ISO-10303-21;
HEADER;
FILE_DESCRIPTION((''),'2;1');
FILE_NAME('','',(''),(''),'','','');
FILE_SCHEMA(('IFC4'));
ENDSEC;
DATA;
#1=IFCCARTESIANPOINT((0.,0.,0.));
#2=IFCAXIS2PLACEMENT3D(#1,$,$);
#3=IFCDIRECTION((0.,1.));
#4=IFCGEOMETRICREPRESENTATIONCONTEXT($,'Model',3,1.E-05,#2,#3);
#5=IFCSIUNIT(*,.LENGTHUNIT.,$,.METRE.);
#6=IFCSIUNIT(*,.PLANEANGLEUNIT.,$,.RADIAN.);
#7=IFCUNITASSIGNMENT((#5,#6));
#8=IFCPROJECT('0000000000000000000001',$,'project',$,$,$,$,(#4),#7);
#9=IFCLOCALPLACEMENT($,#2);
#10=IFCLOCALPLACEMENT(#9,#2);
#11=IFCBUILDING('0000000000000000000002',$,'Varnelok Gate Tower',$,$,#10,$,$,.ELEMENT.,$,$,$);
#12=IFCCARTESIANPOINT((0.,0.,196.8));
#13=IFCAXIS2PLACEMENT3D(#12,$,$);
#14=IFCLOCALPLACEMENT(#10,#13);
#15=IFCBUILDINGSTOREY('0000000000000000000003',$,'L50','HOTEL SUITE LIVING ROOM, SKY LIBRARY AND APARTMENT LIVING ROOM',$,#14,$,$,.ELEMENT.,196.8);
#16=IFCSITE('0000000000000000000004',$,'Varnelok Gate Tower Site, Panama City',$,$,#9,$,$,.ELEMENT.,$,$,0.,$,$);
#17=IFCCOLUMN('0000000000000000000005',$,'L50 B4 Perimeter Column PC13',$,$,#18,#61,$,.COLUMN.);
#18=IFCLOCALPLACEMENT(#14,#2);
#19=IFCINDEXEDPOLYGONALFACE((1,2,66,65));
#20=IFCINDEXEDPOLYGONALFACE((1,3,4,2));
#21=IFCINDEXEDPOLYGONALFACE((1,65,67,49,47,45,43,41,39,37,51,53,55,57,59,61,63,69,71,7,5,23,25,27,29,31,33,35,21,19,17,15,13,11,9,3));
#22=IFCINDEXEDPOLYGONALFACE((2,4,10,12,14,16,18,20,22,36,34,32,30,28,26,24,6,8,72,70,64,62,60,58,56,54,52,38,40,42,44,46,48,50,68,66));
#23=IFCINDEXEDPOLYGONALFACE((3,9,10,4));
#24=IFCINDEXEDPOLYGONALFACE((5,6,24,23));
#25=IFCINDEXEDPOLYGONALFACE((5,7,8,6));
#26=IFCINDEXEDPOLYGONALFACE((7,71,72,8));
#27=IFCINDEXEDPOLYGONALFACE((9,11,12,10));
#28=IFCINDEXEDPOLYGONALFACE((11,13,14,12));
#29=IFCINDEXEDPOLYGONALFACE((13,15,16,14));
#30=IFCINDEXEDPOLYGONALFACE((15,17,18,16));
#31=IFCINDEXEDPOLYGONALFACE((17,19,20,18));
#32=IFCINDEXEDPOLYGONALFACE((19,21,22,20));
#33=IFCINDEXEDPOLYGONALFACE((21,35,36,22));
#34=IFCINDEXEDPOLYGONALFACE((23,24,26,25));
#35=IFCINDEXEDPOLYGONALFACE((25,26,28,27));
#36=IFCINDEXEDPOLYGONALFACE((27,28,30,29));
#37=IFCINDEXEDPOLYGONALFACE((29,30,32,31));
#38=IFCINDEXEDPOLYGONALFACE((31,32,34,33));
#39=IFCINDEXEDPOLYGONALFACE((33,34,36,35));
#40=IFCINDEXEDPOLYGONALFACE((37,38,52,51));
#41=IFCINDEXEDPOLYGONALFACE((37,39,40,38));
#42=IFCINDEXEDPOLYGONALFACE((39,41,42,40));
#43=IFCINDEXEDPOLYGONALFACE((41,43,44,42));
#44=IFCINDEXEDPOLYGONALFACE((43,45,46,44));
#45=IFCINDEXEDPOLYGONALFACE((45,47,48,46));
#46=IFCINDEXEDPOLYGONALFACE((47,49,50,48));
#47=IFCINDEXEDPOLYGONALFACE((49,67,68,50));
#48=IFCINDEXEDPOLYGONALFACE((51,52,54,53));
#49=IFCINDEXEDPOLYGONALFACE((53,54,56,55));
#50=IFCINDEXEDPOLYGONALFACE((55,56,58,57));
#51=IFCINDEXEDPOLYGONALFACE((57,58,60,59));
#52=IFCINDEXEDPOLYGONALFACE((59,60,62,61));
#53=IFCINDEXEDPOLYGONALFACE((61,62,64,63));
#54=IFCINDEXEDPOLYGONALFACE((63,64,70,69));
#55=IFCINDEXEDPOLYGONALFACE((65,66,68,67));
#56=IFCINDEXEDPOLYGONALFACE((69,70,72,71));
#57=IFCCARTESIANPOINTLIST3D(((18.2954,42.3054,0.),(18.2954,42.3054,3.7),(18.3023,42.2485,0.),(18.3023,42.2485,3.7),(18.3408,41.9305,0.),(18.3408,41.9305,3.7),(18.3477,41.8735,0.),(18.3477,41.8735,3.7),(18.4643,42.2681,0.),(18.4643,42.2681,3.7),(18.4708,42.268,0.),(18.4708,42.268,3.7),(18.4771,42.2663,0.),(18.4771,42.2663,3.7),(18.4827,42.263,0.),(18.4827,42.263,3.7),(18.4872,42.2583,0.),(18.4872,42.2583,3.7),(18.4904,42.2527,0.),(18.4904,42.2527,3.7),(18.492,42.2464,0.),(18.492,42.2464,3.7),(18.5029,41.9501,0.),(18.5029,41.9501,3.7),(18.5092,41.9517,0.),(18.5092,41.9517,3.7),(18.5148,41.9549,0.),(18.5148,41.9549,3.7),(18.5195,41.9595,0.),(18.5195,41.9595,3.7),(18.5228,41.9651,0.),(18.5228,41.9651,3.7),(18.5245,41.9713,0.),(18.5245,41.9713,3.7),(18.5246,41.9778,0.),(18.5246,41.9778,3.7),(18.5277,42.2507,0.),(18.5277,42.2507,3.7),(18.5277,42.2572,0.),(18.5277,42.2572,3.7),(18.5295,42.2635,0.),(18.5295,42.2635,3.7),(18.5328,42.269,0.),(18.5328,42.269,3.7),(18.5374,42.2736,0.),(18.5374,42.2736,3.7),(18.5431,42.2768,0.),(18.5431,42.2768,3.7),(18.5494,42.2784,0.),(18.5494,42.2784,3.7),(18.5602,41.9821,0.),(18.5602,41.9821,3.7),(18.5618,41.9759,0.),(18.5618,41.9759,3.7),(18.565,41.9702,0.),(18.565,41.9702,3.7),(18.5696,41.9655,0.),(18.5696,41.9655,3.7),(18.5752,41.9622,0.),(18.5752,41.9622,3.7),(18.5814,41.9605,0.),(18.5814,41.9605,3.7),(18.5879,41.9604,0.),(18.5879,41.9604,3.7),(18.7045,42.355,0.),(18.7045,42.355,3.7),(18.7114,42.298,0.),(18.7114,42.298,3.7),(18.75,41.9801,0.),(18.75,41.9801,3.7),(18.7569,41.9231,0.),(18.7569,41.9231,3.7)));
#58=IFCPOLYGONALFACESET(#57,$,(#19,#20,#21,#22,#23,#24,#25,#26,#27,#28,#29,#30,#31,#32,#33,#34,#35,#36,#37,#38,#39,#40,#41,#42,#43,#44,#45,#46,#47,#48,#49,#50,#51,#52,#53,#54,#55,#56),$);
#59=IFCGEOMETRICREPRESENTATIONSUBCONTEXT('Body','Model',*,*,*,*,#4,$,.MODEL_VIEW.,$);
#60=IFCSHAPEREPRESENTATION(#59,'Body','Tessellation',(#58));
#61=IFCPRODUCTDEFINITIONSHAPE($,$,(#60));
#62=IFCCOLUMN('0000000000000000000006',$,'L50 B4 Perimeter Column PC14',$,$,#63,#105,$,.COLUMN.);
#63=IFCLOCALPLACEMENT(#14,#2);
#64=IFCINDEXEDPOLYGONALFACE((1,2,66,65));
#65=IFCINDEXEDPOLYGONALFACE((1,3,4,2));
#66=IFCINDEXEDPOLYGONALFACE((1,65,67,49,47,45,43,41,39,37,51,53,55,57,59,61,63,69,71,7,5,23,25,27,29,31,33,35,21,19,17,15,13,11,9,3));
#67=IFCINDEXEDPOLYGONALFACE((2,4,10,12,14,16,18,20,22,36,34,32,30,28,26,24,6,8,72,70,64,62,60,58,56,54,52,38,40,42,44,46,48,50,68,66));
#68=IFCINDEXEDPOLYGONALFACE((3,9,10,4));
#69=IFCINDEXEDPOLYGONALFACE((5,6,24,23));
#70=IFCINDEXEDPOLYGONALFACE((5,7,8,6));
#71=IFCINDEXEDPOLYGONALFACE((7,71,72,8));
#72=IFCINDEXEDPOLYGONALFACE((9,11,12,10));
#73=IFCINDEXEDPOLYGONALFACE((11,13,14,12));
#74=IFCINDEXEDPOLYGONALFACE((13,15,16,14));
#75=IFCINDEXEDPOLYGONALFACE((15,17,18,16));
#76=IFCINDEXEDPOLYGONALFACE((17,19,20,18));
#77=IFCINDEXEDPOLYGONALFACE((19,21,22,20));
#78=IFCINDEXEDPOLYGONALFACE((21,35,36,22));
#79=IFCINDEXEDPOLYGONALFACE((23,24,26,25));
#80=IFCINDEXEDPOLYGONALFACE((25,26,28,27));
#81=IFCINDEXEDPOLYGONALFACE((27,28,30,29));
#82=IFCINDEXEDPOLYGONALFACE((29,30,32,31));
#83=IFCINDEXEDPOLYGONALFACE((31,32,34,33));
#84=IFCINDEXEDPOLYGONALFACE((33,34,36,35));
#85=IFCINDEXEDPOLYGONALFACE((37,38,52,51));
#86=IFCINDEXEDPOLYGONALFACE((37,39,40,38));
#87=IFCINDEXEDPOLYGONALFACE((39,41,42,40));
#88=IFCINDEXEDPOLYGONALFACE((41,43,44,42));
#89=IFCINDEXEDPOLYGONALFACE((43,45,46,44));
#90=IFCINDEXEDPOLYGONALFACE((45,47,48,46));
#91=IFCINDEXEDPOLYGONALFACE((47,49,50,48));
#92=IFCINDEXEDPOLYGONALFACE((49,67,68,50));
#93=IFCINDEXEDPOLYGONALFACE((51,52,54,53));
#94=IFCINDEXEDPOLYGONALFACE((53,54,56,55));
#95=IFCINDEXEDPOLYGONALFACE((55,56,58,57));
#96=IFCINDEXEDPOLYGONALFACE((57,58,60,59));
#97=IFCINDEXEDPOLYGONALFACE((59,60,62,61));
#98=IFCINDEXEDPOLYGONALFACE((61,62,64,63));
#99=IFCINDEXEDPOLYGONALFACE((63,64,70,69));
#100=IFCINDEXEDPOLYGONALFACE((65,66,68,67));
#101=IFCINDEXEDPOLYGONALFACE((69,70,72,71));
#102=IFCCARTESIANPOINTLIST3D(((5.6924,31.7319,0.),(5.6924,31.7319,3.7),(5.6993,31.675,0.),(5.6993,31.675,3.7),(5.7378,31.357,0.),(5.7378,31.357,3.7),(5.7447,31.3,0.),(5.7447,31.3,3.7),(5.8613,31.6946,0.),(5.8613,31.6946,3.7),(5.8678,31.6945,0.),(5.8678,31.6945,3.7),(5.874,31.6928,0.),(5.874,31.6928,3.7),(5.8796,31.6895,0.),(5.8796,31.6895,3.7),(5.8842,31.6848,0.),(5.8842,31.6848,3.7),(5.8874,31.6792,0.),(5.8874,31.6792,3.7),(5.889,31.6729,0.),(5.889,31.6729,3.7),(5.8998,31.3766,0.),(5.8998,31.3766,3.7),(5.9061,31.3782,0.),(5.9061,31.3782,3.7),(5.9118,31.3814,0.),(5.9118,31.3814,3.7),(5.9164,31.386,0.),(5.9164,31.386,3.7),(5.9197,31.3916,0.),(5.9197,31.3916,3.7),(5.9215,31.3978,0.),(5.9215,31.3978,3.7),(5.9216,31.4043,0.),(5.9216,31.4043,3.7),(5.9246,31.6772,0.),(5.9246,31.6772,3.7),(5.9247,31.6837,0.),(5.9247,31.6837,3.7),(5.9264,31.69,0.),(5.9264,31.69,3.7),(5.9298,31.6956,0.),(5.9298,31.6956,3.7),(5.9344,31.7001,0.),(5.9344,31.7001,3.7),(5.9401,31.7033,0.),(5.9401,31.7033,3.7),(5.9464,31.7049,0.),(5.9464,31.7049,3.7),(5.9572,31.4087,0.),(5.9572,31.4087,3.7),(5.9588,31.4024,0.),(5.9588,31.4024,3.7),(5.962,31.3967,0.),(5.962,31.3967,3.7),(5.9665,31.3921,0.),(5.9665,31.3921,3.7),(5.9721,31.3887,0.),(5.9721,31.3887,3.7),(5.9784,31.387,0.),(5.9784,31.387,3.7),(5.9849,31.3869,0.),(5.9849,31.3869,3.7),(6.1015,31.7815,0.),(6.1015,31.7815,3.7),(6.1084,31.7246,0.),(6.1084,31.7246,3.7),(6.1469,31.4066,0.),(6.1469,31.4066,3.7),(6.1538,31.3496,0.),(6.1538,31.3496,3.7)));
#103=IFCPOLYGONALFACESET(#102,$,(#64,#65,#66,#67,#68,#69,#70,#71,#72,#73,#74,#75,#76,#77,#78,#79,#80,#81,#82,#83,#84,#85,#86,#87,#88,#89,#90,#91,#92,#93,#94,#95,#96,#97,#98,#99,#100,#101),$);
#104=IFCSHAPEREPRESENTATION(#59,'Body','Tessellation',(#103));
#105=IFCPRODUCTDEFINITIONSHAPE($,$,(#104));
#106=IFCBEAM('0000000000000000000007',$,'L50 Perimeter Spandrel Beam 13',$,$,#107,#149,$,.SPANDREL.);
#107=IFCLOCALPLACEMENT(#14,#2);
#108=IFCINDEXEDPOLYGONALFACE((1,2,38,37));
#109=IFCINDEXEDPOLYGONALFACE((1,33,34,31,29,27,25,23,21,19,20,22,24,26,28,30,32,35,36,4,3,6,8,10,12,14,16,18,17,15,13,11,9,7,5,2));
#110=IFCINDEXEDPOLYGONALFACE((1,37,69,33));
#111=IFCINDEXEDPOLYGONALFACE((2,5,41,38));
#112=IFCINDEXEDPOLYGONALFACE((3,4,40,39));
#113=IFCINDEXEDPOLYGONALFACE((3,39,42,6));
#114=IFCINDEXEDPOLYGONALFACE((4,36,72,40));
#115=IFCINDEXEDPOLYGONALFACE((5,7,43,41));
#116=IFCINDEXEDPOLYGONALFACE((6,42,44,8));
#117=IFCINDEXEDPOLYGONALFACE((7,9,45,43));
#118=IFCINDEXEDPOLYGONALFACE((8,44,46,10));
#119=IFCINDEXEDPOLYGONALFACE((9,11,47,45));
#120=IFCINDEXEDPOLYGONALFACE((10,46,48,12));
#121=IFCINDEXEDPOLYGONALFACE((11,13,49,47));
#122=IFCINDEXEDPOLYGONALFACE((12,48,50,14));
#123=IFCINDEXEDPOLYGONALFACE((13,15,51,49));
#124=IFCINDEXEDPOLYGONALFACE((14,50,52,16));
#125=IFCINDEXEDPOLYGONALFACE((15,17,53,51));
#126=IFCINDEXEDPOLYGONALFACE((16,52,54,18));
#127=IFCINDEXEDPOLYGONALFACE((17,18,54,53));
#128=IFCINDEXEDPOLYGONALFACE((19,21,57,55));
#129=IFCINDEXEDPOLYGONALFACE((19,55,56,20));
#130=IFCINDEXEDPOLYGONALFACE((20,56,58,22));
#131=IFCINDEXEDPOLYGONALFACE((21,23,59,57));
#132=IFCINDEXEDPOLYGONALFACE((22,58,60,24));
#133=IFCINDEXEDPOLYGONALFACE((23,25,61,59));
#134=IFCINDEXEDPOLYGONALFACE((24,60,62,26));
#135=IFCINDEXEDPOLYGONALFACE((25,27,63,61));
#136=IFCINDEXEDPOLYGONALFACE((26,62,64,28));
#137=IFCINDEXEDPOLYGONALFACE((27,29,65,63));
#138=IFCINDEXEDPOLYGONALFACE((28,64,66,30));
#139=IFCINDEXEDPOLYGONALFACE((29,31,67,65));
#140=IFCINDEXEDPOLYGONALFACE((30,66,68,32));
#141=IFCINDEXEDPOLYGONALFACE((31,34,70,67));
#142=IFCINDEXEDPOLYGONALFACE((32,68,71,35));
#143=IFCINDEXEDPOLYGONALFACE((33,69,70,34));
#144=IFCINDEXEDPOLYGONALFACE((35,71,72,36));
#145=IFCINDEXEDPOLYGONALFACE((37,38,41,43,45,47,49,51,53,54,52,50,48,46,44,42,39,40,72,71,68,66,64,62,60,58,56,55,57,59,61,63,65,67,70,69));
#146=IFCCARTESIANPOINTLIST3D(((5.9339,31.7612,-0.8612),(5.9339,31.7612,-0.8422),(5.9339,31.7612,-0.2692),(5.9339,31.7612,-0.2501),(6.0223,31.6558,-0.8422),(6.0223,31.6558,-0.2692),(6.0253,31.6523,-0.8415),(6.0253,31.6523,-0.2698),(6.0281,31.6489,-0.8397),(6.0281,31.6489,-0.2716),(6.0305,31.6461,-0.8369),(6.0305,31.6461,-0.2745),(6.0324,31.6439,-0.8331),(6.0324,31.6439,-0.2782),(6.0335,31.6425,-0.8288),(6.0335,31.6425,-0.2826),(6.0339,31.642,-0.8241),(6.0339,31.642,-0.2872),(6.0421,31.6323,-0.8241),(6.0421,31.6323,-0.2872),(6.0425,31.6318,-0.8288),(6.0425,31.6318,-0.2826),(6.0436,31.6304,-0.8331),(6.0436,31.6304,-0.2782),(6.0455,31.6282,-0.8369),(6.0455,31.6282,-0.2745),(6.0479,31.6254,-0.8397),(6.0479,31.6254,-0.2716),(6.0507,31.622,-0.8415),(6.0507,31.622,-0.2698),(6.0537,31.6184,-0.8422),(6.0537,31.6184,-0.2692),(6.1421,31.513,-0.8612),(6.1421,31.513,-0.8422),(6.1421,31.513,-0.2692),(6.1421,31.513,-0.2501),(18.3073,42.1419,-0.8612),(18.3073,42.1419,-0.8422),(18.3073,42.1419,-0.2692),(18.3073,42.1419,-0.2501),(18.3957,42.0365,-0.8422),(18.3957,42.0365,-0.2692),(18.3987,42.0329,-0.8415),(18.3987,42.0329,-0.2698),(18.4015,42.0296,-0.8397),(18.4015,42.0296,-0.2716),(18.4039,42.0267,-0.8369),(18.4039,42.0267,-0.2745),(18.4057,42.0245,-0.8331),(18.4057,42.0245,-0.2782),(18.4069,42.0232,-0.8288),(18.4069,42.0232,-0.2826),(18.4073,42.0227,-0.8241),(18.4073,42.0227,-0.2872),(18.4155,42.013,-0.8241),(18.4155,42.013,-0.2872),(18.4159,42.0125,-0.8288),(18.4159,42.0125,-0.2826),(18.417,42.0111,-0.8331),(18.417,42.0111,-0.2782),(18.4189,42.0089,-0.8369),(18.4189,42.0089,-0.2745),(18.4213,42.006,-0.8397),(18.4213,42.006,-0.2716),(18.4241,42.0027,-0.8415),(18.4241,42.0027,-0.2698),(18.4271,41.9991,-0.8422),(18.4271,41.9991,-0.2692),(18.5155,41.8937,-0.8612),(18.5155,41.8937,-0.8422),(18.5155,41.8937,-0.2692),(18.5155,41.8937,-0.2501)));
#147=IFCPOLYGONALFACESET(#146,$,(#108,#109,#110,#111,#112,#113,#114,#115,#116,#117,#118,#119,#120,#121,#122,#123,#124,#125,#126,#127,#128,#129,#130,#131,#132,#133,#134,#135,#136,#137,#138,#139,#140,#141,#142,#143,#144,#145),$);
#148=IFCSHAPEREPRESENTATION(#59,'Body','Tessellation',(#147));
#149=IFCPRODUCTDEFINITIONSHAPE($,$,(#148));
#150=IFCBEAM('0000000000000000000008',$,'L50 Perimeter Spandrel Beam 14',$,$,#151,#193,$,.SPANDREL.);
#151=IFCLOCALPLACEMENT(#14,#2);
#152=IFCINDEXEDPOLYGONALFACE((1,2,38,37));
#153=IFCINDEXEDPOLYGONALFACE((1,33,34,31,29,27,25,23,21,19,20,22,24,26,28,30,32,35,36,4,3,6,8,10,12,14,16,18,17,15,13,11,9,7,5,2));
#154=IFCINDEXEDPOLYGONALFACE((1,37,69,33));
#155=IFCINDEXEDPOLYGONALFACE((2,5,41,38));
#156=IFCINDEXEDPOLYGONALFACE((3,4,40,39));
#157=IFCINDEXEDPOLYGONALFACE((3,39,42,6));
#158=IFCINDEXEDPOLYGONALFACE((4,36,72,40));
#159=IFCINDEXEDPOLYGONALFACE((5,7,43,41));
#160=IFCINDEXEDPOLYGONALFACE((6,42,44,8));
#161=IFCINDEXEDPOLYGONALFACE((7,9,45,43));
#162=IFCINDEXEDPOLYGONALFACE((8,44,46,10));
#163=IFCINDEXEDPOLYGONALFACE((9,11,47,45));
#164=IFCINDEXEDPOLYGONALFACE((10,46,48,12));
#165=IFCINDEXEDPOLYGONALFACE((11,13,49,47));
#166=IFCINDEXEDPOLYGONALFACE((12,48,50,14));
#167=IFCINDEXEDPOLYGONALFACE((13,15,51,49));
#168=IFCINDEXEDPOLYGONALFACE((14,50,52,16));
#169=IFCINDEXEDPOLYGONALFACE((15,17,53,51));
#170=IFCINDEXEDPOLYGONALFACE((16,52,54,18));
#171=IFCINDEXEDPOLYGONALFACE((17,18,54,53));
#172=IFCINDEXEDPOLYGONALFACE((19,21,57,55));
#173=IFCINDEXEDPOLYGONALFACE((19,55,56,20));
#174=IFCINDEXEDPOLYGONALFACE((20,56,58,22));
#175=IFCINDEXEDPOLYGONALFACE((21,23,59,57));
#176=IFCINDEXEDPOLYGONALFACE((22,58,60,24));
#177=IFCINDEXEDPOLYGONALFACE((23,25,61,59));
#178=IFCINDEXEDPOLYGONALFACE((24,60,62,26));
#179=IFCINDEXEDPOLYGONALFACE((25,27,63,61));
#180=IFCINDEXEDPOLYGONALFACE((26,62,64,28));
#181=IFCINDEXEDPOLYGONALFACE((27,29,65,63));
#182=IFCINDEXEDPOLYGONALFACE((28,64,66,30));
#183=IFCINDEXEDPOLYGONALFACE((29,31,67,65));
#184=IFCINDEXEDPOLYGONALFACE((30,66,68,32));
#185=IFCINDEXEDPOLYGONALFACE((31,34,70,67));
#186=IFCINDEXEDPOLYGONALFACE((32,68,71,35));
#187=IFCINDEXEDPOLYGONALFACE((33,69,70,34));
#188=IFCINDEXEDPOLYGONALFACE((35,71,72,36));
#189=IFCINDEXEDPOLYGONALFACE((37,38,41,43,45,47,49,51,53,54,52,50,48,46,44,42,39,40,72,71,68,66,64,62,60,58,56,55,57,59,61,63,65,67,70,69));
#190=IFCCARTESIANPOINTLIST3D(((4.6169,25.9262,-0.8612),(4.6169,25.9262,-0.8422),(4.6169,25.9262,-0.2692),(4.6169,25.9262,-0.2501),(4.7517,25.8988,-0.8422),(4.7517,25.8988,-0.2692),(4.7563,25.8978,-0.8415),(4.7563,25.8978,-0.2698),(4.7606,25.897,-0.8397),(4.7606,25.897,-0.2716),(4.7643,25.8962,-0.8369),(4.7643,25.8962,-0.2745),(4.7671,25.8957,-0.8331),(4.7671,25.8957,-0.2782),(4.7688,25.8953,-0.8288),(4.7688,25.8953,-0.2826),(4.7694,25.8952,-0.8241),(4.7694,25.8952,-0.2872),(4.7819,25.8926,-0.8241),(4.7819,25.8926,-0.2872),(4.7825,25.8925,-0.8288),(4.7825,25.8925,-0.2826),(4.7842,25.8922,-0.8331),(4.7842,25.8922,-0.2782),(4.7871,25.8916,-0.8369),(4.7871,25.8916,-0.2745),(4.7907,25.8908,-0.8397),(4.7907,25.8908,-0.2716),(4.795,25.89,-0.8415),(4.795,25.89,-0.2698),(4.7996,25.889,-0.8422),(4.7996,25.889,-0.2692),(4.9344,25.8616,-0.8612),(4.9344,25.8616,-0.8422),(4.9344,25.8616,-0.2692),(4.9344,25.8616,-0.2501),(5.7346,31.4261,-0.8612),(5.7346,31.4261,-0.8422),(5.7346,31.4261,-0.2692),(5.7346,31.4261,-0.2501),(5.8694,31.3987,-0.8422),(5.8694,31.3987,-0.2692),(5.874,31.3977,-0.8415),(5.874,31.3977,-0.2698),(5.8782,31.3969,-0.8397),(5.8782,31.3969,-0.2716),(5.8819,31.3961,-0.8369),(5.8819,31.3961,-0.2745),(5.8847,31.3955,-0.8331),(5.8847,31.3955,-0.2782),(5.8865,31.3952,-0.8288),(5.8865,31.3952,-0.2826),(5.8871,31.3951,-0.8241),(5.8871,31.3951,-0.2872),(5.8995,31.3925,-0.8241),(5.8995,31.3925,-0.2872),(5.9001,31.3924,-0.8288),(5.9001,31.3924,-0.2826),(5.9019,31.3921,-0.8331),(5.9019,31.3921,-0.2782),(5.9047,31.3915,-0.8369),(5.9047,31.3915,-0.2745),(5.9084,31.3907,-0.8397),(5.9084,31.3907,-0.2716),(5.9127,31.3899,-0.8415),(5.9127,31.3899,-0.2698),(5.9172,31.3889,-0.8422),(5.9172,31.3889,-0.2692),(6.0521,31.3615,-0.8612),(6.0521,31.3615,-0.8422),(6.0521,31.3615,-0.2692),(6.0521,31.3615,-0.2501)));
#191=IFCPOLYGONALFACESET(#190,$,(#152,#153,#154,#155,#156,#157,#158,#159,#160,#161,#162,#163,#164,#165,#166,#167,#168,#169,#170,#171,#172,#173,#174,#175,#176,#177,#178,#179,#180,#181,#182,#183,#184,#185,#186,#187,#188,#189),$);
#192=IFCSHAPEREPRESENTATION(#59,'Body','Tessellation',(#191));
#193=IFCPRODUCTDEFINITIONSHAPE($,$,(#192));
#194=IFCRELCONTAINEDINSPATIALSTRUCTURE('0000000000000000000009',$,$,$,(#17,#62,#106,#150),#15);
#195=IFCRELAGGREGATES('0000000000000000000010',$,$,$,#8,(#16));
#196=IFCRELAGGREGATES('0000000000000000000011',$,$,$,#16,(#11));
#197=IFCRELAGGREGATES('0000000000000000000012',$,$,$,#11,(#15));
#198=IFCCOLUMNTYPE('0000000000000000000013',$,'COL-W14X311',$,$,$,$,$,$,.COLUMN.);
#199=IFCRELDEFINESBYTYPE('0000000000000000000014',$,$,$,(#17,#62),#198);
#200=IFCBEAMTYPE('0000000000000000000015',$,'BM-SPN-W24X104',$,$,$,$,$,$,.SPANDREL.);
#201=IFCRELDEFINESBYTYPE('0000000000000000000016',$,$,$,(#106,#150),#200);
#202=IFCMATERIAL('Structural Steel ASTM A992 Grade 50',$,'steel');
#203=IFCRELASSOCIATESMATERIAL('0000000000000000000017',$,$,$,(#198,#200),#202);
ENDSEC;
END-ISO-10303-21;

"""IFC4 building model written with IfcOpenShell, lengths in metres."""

from ifc_helpers import new_model, si_unit, direction, frame, origin, origin_2d, place, context, subcontext, project, spatial, i_section, extrude, material, material_profile, profile_set, type_object, element, save


model = new_model("IFC4")

# Units and contexts
model_context = context("Model", 3, precision=1e-05, world=origin(), true_north=direction((0.0, 1.0)))
body_context = subcontext(model_context, "Body", "Model", "MODEL_VIEW")
ifc_project = project(units=[si_unit("LENGTHUNIT", "METRE"), si_unit("PLANEANGLEUNIT", "RADIAN")], contexts=[model_context])

# Site, building, storey
site_placement = place(None, origin())
site = spatial("IfcSite", under=ifc_project, at=site_placement, Name="Varnelok Gate Tower Site, Panama City", CompositionType="ELEMENT", RefElevation=0.0)
building_placement = place(site_placement, origin())
building = spatial("IfcBuilding", under=site, at=building_placement, Name="Varnelok Gate Tower", CompositionType="ELEMENT")
storey_placement = place(building_placement, frame((0.0, 0.0, 196.8)))
storey = spatial("IfcBuildingStorey", under=building, at=storey_placement, Name="L50", Description="HOTEL SUITE LIVING ROOM, SKY LIBRARY AND APARTMENT LIVING ROOM", CompositionType="ELEMENT", Elevation=196.8)

# Columns
ifc_material_1 = material(Name="Structural Steel ASTM A992 Grade 50", Category="steel")
ifc_material_profile_1 = material_profile(ifc_material_1, i_section(OverallWidth=0.4121, OverallDepth=0.4351, WebThickness=0.0359, FlangeThickness=0.0574, FilletRadius=0.0249, at=origin_2d()), Name="W14X311")
ifc_profile_set_1 = profile_set([ifc_material_profile_1], Name="Structural Steel ASTM A992 Grade 50")
column_type = type_object("IfcColumnType", Name="COL-W14X311", PredefinedType="COLUMN", material=ifc_profile_set_1)
for number, where, z_axis, x_axis, name in (
    (1, (18.5261, 42.1143, 0.0), (0.0, 0.0, 1.0), (0.992732, 0.120345, 0.0), "L50 B4 Perimeter Column PC13"),
    (2, (5.9231, 31.5408, 0.0), (0.0, 0.0, 1.0), (0.992732, 0.120345, 0.0), "L50 B4 Perimeter Column PC14"),
):
    element("IfcColumn", number, at=place(storey_placement, frame(where, z_axis=z_axis, x_axis=x_axis)), inside=storey, type_object=column_type, Name=name, PredefinedType="COLUMN", context=body_context, shape_type="SweptSolid", body=[
        extrude(i_section(OverallWidth=0.4121, OverallDepth=0.4351, WebThickness=0.0359, FlangeThickness=0.0574, FilletRadius=0.0249, at=origin_2d()), origin(), (0.0, 0.0, 1.0), 3.7),
    ])

# Beams
ifc_material_profile_2 = material_profile(ifc_material_1, i_section(OverallWidth=0.324, OverallDepth=0.6111, WebThickness=0.0127, FlangeThickness=0.019, FilletRadius=0.0181, at=origin_2d()), Name="W24X104")
ifc_profile_set_2 = profile_set([ifc_material_profile_2], Name="Structural Steel ASTM A992 Grade 50")
beam_type = type_object("IfcBeamType", Name="BM-SPN-W24X104", PredefinedType="SPANDREL", material=ifc_profile_set_2)
beam_1_placement = place(storey_placement, frame((18.4114, 42.0178, -0.5557), z_axis=(-0.7661, -0.642722, 0.0), x_axis=(0.642722, -0.7661, 0.0)))
element("IfcBeam", 3, at=beam_1_placement, inside=storey, type_object=beam_type, Name="L50 Perimeter Spandrel Beam 13", PredefinedType="SPANDREL", context=body_context, shape_type="SweptSolid", body=[
    extrude(i_section(OverallWidth=0.324, OverallDepth=0.6111, WebThickness=0.0127, FlangeThickness=0.019, FilletRadius=0.0181, at=origin_2d()), origin(), (0.0, 0.0, 1.0), 16.1511),
])
beam_2_placement = place(storey_placement, frame((5.8933, 31.3938, -0.5557), z_axis=(-0.199143, -0.97997, 0.0), x_axis=(0.97997, -0.199143, 0.0)))
element("IfcBeam", 4, at=beam_2_placement, inside=storey, type_object=beam_type, Name="L50 Perimeter Spandrel Beam 14", PredefinedType="SPANDREL", context=body_context, shape_type="SweptSolid", body=[
    extrude(i_section(OverallWidth=0.324, OverallDepth=0.6111, WebThickness=0.0127, FlangeThickness=0.019, FilletRadius=0.0181, at=origin_2d()), origin(), (0.0, 0.0, 1.0), 5.6123),
])

save(model, "model.ifc")
